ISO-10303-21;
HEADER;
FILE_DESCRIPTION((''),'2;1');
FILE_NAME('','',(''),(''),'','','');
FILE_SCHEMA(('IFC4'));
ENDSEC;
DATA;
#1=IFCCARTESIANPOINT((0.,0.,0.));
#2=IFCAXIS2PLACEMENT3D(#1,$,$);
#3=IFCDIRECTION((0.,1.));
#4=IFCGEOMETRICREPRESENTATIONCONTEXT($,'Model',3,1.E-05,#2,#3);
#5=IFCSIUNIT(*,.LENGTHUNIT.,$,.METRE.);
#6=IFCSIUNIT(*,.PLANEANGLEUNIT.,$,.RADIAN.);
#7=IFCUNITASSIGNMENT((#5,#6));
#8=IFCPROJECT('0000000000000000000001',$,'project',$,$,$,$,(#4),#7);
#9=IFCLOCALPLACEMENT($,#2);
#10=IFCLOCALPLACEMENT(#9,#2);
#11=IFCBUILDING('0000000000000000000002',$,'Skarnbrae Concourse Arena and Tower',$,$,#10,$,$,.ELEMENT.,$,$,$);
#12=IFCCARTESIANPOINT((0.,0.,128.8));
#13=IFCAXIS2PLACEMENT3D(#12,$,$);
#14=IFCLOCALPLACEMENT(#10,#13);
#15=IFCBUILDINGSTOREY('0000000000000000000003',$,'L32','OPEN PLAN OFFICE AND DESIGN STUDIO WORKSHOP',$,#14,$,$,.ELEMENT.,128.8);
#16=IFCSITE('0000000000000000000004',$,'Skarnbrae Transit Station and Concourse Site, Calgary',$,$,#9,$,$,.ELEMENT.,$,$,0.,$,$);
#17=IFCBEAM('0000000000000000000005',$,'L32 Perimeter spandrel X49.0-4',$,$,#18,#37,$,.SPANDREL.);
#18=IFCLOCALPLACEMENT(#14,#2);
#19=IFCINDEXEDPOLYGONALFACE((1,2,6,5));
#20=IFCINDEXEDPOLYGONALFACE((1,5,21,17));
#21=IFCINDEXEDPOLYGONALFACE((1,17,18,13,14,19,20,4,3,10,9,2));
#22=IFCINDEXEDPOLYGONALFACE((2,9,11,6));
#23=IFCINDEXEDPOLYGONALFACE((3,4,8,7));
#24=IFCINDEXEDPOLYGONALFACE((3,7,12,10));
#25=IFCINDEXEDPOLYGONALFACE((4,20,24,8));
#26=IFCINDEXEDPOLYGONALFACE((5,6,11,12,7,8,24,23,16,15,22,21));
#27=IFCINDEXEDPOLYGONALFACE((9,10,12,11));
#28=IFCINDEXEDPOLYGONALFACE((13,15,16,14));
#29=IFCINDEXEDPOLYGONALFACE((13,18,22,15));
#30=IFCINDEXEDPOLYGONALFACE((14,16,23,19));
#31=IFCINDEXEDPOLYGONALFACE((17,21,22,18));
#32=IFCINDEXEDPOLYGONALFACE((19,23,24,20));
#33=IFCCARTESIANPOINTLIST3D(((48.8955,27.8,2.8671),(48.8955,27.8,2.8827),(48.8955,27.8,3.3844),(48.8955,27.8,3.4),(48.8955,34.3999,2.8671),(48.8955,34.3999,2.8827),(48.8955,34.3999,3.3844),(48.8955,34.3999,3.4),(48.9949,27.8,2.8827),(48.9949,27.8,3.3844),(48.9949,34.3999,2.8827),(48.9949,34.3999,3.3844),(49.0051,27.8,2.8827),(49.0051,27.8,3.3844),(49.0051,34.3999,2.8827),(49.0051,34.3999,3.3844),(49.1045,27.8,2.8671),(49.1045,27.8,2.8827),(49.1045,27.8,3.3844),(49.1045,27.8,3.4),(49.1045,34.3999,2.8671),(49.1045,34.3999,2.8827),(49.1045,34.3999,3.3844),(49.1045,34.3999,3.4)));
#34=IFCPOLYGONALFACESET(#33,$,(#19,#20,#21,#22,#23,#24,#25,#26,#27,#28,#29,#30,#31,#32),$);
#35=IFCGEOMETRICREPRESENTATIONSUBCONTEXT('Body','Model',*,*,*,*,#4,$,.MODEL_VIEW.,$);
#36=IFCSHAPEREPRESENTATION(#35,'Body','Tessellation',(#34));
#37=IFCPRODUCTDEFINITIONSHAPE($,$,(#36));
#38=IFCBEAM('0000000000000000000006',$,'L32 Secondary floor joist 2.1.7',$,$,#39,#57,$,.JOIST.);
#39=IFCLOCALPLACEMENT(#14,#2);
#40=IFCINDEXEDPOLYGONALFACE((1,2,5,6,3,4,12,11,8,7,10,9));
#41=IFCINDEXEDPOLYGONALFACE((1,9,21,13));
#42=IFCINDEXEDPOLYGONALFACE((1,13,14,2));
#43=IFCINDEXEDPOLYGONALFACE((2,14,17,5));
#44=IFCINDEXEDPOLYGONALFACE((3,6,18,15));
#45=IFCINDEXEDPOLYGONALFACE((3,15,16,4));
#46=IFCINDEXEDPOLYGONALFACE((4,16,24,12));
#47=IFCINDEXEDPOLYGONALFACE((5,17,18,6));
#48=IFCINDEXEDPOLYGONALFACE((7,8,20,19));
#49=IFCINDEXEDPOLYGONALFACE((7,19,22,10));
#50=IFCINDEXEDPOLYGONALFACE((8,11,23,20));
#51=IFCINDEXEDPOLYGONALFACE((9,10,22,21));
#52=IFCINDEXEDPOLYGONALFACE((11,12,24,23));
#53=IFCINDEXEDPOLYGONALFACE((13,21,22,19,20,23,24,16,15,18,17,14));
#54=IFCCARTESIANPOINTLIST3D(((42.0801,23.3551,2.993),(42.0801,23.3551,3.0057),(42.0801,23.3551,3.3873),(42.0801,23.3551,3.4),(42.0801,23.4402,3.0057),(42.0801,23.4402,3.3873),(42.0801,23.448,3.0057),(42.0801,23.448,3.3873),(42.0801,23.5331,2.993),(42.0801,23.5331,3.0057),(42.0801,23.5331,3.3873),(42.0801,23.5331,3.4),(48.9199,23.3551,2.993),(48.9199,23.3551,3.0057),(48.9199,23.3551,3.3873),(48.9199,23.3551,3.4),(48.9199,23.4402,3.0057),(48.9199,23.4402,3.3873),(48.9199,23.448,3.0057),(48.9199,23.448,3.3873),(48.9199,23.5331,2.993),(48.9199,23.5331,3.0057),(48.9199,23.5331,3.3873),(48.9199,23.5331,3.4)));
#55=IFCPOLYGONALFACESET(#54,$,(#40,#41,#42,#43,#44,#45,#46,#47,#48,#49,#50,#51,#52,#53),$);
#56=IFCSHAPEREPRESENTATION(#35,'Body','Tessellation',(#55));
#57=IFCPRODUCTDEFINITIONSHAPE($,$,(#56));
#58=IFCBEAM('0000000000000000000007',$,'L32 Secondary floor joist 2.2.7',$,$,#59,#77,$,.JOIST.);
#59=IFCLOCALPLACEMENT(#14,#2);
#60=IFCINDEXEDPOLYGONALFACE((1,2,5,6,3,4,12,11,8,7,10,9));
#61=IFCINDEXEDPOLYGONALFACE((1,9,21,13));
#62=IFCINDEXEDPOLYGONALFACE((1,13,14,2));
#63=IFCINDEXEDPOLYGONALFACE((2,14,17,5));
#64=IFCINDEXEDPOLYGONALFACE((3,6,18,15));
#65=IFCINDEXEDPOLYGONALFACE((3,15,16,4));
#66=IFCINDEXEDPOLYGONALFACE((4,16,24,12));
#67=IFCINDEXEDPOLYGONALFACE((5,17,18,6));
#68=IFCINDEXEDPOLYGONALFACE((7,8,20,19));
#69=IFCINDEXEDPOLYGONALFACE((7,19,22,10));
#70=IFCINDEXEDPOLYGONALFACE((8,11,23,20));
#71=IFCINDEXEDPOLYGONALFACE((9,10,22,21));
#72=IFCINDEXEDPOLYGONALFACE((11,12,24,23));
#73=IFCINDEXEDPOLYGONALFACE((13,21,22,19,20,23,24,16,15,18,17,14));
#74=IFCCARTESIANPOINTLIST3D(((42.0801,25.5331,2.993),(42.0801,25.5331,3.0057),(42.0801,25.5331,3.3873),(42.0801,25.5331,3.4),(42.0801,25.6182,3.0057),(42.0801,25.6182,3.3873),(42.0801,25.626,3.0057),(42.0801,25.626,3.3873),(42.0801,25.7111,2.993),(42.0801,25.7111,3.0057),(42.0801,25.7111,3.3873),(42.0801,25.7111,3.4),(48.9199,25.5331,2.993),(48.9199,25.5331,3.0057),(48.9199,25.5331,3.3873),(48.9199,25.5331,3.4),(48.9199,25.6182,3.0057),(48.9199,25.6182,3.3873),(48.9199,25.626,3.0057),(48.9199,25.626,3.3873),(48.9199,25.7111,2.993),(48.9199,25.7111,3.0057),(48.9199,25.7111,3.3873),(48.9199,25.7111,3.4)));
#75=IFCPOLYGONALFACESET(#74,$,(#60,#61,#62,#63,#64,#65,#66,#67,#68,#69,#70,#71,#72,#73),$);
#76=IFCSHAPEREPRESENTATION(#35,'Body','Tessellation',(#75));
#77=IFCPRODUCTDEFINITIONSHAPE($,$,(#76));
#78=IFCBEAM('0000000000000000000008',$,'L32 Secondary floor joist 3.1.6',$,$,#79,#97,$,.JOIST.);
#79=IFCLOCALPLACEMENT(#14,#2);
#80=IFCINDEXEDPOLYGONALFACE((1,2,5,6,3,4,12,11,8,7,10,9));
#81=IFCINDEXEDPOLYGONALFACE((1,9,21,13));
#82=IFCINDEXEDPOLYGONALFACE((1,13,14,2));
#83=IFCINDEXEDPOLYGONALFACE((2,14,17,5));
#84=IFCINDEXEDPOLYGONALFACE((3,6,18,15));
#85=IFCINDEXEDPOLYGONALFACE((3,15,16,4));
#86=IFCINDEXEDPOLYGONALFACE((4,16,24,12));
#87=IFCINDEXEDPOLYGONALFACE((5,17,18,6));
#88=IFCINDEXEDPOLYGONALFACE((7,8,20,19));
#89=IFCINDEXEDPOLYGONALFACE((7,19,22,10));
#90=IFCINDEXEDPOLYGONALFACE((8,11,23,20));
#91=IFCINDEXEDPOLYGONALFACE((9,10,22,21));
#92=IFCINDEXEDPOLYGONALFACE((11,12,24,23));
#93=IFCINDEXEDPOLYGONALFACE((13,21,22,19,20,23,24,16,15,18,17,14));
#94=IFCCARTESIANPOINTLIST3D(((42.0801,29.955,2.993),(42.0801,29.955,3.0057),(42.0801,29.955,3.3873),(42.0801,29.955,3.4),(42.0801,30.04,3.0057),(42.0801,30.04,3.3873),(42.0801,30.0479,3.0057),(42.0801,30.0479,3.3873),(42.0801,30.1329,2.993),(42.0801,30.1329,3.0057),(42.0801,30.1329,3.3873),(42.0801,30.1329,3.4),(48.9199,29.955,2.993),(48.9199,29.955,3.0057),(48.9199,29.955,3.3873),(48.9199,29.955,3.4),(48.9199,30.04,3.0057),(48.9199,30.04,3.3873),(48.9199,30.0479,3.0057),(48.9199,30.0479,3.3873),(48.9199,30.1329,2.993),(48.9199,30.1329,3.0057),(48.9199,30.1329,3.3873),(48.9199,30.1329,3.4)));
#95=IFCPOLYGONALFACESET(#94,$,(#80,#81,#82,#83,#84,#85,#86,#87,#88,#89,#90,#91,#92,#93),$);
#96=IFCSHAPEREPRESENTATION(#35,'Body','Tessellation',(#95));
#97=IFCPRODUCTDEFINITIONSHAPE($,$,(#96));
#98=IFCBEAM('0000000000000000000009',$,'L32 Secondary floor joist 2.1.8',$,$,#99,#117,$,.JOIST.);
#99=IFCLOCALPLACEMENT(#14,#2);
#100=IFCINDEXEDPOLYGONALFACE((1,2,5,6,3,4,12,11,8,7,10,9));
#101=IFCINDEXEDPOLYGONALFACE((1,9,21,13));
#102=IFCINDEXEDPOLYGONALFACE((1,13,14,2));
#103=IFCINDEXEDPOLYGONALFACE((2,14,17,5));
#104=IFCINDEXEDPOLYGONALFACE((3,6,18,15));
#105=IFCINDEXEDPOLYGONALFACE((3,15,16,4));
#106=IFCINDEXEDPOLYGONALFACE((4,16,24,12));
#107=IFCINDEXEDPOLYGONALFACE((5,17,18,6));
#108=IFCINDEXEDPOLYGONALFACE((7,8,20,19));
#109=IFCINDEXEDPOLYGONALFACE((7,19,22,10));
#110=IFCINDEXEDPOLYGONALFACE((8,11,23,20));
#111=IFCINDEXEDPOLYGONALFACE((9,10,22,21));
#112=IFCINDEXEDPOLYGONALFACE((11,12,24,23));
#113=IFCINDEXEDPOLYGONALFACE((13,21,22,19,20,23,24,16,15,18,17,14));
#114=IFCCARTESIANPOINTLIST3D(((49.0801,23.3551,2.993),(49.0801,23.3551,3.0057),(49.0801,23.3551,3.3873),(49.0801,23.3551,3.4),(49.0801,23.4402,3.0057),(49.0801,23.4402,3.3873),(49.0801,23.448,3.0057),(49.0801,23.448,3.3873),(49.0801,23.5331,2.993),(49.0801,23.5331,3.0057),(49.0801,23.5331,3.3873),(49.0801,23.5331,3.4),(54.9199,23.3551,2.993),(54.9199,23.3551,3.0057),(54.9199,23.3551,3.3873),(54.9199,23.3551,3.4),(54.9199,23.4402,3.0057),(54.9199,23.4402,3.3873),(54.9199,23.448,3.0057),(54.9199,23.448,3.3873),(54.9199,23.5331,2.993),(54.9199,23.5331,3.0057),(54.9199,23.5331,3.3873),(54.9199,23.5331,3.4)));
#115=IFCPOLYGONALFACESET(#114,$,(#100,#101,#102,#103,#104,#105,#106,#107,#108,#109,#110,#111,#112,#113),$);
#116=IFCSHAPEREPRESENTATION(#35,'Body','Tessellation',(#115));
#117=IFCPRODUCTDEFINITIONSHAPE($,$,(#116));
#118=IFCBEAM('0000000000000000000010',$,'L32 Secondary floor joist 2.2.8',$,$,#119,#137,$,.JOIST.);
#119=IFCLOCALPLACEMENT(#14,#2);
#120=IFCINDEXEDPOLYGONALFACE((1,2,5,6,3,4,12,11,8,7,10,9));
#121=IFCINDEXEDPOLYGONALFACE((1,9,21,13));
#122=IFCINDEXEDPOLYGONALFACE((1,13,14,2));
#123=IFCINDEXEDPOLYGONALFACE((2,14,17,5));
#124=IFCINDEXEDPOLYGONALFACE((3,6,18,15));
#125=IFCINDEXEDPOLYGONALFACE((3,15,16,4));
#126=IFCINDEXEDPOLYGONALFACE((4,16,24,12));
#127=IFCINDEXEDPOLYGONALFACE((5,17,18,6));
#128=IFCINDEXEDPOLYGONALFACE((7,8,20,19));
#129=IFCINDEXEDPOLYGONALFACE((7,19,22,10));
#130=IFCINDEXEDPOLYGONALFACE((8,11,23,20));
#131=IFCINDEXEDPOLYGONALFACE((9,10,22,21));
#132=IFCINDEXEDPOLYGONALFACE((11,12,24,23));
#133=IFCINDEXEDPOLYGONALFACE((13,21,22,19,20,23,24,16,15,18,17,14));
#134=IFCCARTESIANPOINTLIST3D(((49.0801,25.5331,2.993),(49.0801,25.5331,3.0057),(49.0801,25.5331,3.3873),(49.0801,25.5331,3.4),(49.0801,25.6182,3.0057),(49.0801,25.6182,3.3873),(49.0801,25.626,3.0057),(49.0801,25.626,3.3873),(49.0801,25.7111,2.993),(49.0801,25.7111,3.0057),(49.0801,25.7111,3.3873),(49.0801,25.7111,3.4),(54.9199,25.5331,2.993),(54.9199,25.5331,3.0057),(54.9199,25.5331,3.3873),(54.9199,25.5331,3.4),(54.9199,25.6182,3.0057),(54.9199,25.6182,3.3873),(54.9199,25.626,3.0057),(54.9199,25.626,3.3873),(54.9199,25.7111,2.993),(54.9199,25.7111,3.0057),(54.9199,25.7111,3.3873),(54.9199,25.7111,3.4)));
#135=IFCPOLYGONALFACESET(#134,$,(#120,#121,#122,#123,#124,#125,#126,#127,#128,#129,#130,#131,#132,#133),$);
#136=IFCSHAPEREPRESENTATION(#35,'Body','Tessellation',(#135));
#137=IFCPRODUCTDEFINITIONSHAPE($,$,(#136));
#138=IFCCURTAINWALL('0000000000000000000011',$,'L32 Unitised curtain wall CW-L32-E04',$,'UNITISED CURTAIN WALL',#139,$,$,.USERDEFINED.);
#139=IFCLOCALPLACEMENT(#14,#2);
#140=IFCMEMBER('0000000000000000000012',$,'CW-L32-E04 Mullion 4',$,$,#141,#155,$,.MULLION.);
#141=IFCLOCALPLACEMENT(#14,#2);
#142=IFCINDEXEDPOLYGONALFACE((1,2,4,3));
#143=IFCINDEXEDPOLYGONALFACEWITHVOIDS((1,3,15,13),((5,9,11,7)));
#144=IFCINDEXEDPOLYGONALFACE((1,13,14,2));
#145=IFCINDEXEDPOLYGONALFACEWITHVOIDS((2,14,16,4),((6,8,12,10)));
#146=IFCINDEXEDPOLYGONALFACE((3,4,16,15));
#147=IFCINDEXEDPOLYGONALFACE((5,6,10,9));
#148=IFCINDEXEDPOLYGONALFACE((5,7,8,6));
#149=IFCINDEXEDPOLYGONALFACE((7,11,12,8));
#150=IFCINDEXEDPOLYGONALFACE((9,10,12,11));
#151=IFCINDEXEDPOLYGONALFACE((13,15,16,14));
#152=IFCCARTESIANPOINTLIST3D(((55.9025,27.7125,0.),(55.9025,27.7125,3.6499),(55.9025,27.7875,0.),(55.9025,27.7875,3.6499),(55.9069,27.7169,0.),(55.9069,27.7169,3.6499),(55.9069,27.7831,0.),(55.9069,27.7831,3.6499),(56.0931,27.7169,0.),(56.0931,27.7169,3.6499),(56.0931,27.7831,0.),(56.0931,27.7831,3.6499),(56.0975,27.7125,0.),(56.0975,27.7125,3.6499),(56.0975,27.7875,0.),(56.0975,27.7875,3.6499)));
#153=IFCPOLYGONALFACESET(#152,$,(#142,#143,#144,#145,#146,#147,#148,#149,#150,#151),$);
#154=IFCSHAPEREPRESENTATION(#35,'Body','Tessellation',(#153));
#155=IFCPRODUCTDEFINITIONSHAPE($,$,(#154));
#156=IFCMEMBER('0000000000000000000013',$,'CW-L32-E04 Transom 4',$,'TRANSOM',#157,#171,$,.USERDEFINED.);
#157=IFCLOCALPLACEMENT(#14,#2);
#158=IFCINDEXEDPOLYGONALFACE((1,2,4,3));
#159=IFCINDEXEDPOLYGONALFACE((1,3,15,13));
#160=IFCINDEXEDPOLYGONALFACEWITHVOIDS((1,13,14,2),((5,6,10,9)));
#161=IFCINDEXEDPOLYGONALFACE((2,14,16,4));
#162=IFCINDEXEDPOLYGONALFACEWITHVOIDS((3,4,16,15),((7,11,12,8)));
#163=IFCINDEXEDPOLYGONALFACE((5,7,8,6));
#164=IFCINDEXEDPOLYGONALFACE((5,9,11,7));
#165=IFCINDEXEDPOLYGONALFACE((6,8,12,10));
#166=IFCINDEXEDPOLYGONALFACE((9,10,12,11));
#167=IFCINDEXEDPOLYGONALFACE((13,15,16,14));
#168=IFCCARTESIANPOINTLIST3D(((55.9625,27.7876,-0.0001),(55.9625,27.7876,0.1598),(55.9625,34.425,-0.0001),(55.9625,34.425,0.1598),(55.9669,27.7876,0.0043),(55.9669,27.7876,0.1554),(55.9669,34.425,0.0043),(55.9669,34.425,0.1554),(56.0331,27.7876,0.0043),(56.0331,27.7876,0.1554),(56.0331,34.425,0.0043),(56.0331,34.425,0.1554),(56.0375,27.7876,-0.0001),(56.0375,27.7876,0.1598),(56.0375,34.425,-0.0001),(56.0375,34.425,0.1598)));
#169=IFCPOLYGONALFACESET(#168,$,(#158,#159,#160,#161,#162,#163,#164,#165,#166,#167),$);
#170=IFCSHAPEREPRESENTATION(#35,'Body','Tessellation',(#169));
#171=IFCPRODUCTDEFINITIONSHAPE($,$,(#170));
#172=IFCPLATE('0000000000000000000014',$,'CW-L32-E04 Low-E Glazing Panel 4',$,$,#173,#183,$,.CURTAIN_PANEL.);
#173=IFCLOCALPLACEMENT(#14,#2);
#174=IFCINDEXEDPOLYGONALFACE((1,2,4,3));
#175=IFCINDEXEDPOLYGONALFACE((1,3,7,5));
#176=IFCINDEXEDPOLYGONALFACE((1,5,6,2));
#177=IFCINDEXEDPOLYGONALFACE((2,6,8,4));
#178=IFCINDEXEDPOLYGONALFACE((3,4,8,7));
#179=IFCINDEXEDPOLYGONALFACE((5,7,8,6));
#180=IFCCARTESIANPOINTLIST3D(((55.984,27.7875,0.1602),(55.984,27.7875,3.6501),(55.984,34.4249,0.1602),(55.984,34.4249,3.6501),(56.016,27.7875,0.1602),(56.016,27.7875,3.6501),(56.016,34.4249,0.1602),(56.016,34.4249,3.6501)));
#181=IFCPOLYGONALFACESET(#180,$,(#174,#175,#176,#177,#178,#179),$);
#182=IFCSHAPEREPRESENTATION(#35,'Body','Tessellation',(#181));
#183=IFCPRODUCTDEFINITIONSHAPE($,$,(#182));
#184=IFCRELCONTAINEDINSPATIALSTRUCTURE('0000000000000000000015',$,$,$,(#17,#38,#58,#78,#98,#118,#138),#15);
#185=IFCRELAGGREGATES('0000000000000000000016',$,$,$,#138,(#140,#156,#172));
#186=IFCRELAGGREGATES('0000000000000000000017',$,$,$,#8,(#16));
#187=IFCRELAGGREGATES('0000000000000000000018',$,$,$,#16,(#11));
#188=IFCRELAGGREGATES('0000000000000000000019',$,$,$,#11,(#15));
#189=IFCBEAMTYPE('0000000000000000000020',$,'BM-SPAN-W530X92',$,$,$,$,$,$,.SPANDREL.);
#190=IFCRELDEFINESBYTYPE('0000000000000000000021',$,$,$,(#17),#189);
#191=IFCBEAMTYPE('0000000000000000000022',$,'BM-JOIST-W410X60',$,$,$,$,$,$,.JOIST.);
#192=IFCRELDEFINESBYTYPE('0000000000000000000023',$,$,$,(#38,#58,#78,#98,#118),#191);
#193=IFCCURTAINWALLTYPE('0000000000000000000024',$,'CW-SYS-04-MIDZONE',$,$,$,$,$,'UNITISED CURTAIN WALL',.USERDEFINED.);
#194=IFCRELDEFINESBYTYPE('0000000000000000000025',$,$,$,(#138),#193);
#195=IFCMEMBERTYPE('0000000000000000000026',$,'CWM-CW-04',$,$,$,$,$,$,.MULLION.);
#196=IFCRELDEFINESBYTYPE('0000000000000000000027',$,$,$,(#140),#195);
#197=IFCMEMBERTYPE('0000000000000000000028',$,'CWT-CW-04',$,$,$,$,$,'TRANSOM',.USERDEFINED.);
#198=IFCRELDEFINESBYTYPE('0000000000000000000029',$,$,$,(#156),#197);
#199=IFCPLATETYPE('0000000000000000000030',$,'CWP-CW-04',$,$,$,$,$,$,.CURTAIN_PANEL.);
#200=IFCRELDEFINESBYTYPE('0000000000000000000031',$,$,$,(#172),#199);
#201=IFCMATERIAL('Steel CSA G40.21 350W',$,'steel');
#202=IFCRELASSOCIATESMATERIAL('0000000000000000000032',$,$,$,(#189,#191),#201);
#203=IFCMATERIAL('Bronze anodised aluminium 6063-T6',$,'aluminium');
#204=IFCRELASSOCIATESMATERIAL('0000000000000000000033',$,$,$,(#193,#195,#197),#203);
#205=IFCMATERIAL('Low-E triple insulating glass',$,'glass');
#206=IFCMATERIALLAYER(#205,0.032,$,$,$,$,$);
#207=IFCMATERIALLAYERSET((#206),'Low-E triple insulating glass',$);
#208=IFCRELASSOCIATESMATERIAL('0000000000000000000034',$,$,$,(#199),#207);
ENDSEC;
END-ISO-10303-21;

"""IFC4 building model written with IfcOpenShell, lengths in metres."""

from ifc_helpers import new_model, si_unit, direction, frame, origin, origin_2d, place, context, subcontext, project, spatial, rectangle, hollow_rectangle, i_section, extrude, source, transform, mapped, material, layer, layer_set, material_profile, profile_set, type_object, element, aggregate, save


model = new_model("IFC4")

# Units and contexts
model_context = context("Model", 3, precision=1e-05, world=origin(), true_north=direction((0.0, 1.0)))
body_context = subcontext(model_context, "Body", "Model", "MODEL_VIEW")
ifc_project = project(units=[si_unit("LENGTHUNIT", "METRE"), si_unit("PLANEANGLEUNIT", "RADIAN")], contexts=[model_context])

# Site, building, storey
site_placement = place(None, origin())
site = spatial("IfcSite", under=ifc_project, at=site_placement, Name="Skarnbrae Transit Station and Concourse Site, Calgary", CompositionType="ELEMENT", RefElevation=0.0)
building_placement = place(site_placement, origin())
building = spatial("IfcBuilding", under=site, at=building_placement, Name="Skarnbrae Concourse Arena and Tower", CompositionType="ELEMENT")
storey_placement = place(building_placement, frame((0.0, 0.0, 128.8)))
storey = spatial("IfcBuildingStorey", under=building, at=storey_placement, Name="L32", Description="OPEN PLAN OFFICE AND DESIGN STUDIO WORKSHOP", CompositionType="ELEMENT", Elevation=128.8)

# Shared definitions
ifc_material_1 = material(Name="Steel CSA G40.21 350W", Category="steel")

# Beams
ifc_material_profile_1 = material_profile(ifc_material_1, i_section(OverallWidth=0.209, OverallDepth=0.533, WebThickness=0.0103, FlangeThickness=0.0156, at=origin_2d()), Name="W530X92")
ifc_profile_set_1 = profile_set([ifc_material_profile_1], Name="Steel CSA G40.21 350W")
beam_type_1 = type_object("IfcBeamType", Name="BM-SPAN-W530X92", PredefinedType="SPANDREL", material=ifc_profile_set_1)
shared_shape_1 = source(origin(), body_context, "Body", "SweptSolid", [
    extrude(i_section(OverallWidth=0.209, OverallDepth=0.533, WebThickness=0.0103, FlangeThickness=0.0156, at=origin_2d()), origin(), (0.0, 0.0, 1.0), 6.5999),
])
beam_1_placement = place(storey_placement, frame((49.0, 27.8, 3.1335), z_axis=(0.0, 1.0, 0.0), x_axis=(-1.0, 0.0, 0.0)))
element("IfcBeam", 1, at=beam_1_placement, inside=storey, type_object=beam_type_1, Name="L32 Perimeter spandrel X49.0-4", PredefinedType="SPANDREL", context=body_context, shape_type="MappedRepresentation", body=[
    mapped(shared_shape_1, transform((0.0, 0.0, 0.0))),
])
ifc_material_profile_2 = material_profile(ifc_material_1, i_section(OverallWidth=0.178, OverallDepth=0.407, WebThickness=0.0078, FlangeThickness=0.0127, at=origin_2d()), Name="W410X60")
ifc_profile_set_2 = profile_set([ifc_material_profile_2], Name="Steel CSA G40.21 350W")
beam_type_2 = type_object("IfcBeamType", Name="BM-JOIST-W410X60", PredefinedType="JOIST", material=ifc_profile_set_2)
shared_shape_2 = source(origin(), body_context, "Body", "SweptSolid", [
    extrude(i_section(OverallWidth=0.178, OverallDepth=0.407, WebThickness=0.0078, FlangeThickness=0.0127, at=origin_2d()), origin(), (0.0, 0.0, 1.0), 6.8398),
])
for number, where, z_axis, x_axis, name in (
    (2, (42.0801, 23.4441, 3.1965), (1.0, 0.0, 0.0), (0.0, 1.0, 0.0), "L32 Secondary floor joist 2.1.7"),
    (3, (42.0801, 25.6221, 3.1965), (1.0, 0.0, 0.0), (0.0, 1.0, 0.0), "L32 Secondary floor joist 2.2.7"),
    (4, (42.0801, 30.0439, 3.1965), (1.0, 0.0, 0.0), (0.0, 1.0, 0.0), "L32 Secondary floor joist 3.1.6"),
):
    element("IfcBeam", number, at=place(storey_placement, frame(where, z_axis=z_axis, x_axis=x_axis)), inside=storey, type_object=beam_type_2, Name=name, PredefinedType="JOIST", context=body_context, shape_type="MappedRepresentation", body=[
        mapped(shared_shape_2, transform((0.0, 0.0, 0.0))),
    ])
shared_shape_3 = source(origin(), body_context, "Body", "SweptSolid", [
    extrude(i_section(OverallWidth=0.178, OverallDepth=0.407, WebThickness=0.0078, FlangeThickness=0.0127, at=origin_2d()), origin(), (0.0, 0.0, 1.0), 5.8398),
])
for number, where, z_axis, x_axis, name in (
    (5, (49.0801, 23.4441, 3.1965), (1.0, 0.0, 0.0), (0.0, 1.0, 0.0), "L32 Secondary floor joist 2.1.8"),
    (6, (49.0801, 25.6221, 3.1965), (1.0, 0.0, 0.0), (0.0, 1.0, 0.0), "L32 Secondary floor joist 2.2.8"),
):
    element("IfcBeam", number, at=place(storey_placement, frame(where, z_axis=z_axis, x_axis=x_axis)), inside=storey, type_object=beam_type_2, Name=name, PredefinedType="JOIST", context=body_context, shape_type="MappedRepresentation", body=[
        mapped(shared_shape_3, transform((0.0, 0.0, 0.0))),
    ])

# Curtain wall, members, plate
ifc_material_2 = material(Name="Bronze anodised aluminium 6063-T6", Category="aluminium")
curtain_wall_type = type_object("IfcCurtainWallType", Name="CW-SYS-04-MIDZONE", ElementType="UNITISED CURTAIN WALL", PredefinedType="USERDEFINED", material=ifc_material_2)
curtain_wall_placement = place(storey_placement, origin())
curtain_wall = element("IfcCurtainWall", 7, at=curtain_wall_placement, inside=storey, type_object=curtain_wall_type, Name="L32 Unitised curtain wall CW-L32-E04", ObjectType="UNITISED CURTAIN WALL", PredefinedType="USERDEFINED")
ifc_material_profile_3 = material_profile(ifc_material_2, hollow_rectangle(XDim=0.075, YDim=0.1951, WallThickness=0.0044, at=origin_2d()), Name="ALU-MULL-75X195")
ifc_profile_set_3 = profile_set([ifc_material_profile_3], Name="Bronze anodised aluminium 6063-T6")
member_type_1 = type_object("IfcMemberType", Name="CWM-CW-04", PredefinedType="MULLION", material=ifc_profile_set_3)
shared_shape_4 = source(origin(), body_context, "Body", "SweptSolid", [
    extrude(hollow_rectangle(XDim=0.075, YDim=0.1951, WallThickness=0.0044, at=origin_2d()), origin(), (0.0, 0.0, 1.0), 3.6499),
])
member_1_placement = place(storey_placement, frame((56.0, 27.75, 0.0), z_axis=(0.0, 0.0, 1.0), x_axis=(0.0, 1.0, 0.0)))
member_1 = element("IfcMember", 8, at=member_1_placement, type_object=member_type_1, Name="CW-L32-E04 Mullion 4", PredefinedType="MULLION", context=body_context, shape_type="MappedRepresentation", body=[
    mapped(shared_shape_4, transform((0.0, 0.0, 0.0))),
])
ifc_material_profile_4 = material_profile(ifc_material_2, hollow_rectangle(XDim=0.075, YDim=0.1599, WallThickness=0.0044, at=origin_2d()), Name="ALU-TRAN-75X160")
ifc_profile_set_4 = profile_set([ifc_material_profile_4], Name="Bronze anodised aluminium 6063-T6")
member_type_2 = type_object("IfcMemberType", Name="CWT-CW-04", ElementType="TRANSOM", PredefinedType="USERDEFINED", material=ifc_profile_set_4)
shared_shape_5 = source(origin(), body_context, "Body", "SweptSolid", [
    extrude(hollow_rectangle(XDim=0.075, YDim=0.1599, WallThickness=0.0044, at=origin_2d()), origin(), (0.0, 0.0, 1.0), 6.6375),
])
member_2_placement = place(storey_placement, frame((56.0, 27.7876, 0.0798), z_axis=(0.0, 1.0, 0.0), x_axis=(-1.0, 0.0, 0.0)))
member_2 = element("IfcMember", 9, at=member_2_placement, type_object=member_type_2, Name="CW-L32-E04 Transom 4", ObjectType="TRANSOM", PredefinedType="USERDEFINED", context=body_context, shape_type="MappedRepresentation", body=[
    mapped(shared_shape_5, transform((0.0, 0.0, 0.0))),
])
ifc_material_3 = material(Name="Low-E triple insulating glass", Category="glass")
ifc_layer_1 = layer(ifc_material_3, 0.032)
ifc_layer_set_1 = layer_set([ifc_layer_1], Name="Low-E triple insulating glass")
plate_type = type_object("IfcPlateType", Name="CWP-CW-04", PredefinedType="CURTAIN_PANEL", material=ifc_layer_set_1)
shared_shape_6 = source(origin(), body_context, "Body", "SweptSolid", [
    extrude(rectangle(XDim=6.6375, YDim=0.032, at=origin_2d()), origin(), (0.0, 0.0, 1.0), 3.49),
])
plate_1_placement = place(storey_placement, frame((56.0, 31.1062, 0.1602), z_axis=(0.0, 0.0, 1.0), x_axis=(0.0, 1.0, 0.0)))
plate_1 = element("IfcPlate", 10, at=plate_1_placement, type_object=plate_type, Name="CW-L32-E04 Low-E Glazing Panel 4", PredefinedType="CURTAIN_PANEL", context=body_context, shape_type="MappedRepresentation", body=[
    mapped(shared_shape_6, transform((0.0, 0.0, 0.0))),
])
aggregate(curtain_wall, [member_1, member_2, plate_1])

save(model, "model.ifc")
